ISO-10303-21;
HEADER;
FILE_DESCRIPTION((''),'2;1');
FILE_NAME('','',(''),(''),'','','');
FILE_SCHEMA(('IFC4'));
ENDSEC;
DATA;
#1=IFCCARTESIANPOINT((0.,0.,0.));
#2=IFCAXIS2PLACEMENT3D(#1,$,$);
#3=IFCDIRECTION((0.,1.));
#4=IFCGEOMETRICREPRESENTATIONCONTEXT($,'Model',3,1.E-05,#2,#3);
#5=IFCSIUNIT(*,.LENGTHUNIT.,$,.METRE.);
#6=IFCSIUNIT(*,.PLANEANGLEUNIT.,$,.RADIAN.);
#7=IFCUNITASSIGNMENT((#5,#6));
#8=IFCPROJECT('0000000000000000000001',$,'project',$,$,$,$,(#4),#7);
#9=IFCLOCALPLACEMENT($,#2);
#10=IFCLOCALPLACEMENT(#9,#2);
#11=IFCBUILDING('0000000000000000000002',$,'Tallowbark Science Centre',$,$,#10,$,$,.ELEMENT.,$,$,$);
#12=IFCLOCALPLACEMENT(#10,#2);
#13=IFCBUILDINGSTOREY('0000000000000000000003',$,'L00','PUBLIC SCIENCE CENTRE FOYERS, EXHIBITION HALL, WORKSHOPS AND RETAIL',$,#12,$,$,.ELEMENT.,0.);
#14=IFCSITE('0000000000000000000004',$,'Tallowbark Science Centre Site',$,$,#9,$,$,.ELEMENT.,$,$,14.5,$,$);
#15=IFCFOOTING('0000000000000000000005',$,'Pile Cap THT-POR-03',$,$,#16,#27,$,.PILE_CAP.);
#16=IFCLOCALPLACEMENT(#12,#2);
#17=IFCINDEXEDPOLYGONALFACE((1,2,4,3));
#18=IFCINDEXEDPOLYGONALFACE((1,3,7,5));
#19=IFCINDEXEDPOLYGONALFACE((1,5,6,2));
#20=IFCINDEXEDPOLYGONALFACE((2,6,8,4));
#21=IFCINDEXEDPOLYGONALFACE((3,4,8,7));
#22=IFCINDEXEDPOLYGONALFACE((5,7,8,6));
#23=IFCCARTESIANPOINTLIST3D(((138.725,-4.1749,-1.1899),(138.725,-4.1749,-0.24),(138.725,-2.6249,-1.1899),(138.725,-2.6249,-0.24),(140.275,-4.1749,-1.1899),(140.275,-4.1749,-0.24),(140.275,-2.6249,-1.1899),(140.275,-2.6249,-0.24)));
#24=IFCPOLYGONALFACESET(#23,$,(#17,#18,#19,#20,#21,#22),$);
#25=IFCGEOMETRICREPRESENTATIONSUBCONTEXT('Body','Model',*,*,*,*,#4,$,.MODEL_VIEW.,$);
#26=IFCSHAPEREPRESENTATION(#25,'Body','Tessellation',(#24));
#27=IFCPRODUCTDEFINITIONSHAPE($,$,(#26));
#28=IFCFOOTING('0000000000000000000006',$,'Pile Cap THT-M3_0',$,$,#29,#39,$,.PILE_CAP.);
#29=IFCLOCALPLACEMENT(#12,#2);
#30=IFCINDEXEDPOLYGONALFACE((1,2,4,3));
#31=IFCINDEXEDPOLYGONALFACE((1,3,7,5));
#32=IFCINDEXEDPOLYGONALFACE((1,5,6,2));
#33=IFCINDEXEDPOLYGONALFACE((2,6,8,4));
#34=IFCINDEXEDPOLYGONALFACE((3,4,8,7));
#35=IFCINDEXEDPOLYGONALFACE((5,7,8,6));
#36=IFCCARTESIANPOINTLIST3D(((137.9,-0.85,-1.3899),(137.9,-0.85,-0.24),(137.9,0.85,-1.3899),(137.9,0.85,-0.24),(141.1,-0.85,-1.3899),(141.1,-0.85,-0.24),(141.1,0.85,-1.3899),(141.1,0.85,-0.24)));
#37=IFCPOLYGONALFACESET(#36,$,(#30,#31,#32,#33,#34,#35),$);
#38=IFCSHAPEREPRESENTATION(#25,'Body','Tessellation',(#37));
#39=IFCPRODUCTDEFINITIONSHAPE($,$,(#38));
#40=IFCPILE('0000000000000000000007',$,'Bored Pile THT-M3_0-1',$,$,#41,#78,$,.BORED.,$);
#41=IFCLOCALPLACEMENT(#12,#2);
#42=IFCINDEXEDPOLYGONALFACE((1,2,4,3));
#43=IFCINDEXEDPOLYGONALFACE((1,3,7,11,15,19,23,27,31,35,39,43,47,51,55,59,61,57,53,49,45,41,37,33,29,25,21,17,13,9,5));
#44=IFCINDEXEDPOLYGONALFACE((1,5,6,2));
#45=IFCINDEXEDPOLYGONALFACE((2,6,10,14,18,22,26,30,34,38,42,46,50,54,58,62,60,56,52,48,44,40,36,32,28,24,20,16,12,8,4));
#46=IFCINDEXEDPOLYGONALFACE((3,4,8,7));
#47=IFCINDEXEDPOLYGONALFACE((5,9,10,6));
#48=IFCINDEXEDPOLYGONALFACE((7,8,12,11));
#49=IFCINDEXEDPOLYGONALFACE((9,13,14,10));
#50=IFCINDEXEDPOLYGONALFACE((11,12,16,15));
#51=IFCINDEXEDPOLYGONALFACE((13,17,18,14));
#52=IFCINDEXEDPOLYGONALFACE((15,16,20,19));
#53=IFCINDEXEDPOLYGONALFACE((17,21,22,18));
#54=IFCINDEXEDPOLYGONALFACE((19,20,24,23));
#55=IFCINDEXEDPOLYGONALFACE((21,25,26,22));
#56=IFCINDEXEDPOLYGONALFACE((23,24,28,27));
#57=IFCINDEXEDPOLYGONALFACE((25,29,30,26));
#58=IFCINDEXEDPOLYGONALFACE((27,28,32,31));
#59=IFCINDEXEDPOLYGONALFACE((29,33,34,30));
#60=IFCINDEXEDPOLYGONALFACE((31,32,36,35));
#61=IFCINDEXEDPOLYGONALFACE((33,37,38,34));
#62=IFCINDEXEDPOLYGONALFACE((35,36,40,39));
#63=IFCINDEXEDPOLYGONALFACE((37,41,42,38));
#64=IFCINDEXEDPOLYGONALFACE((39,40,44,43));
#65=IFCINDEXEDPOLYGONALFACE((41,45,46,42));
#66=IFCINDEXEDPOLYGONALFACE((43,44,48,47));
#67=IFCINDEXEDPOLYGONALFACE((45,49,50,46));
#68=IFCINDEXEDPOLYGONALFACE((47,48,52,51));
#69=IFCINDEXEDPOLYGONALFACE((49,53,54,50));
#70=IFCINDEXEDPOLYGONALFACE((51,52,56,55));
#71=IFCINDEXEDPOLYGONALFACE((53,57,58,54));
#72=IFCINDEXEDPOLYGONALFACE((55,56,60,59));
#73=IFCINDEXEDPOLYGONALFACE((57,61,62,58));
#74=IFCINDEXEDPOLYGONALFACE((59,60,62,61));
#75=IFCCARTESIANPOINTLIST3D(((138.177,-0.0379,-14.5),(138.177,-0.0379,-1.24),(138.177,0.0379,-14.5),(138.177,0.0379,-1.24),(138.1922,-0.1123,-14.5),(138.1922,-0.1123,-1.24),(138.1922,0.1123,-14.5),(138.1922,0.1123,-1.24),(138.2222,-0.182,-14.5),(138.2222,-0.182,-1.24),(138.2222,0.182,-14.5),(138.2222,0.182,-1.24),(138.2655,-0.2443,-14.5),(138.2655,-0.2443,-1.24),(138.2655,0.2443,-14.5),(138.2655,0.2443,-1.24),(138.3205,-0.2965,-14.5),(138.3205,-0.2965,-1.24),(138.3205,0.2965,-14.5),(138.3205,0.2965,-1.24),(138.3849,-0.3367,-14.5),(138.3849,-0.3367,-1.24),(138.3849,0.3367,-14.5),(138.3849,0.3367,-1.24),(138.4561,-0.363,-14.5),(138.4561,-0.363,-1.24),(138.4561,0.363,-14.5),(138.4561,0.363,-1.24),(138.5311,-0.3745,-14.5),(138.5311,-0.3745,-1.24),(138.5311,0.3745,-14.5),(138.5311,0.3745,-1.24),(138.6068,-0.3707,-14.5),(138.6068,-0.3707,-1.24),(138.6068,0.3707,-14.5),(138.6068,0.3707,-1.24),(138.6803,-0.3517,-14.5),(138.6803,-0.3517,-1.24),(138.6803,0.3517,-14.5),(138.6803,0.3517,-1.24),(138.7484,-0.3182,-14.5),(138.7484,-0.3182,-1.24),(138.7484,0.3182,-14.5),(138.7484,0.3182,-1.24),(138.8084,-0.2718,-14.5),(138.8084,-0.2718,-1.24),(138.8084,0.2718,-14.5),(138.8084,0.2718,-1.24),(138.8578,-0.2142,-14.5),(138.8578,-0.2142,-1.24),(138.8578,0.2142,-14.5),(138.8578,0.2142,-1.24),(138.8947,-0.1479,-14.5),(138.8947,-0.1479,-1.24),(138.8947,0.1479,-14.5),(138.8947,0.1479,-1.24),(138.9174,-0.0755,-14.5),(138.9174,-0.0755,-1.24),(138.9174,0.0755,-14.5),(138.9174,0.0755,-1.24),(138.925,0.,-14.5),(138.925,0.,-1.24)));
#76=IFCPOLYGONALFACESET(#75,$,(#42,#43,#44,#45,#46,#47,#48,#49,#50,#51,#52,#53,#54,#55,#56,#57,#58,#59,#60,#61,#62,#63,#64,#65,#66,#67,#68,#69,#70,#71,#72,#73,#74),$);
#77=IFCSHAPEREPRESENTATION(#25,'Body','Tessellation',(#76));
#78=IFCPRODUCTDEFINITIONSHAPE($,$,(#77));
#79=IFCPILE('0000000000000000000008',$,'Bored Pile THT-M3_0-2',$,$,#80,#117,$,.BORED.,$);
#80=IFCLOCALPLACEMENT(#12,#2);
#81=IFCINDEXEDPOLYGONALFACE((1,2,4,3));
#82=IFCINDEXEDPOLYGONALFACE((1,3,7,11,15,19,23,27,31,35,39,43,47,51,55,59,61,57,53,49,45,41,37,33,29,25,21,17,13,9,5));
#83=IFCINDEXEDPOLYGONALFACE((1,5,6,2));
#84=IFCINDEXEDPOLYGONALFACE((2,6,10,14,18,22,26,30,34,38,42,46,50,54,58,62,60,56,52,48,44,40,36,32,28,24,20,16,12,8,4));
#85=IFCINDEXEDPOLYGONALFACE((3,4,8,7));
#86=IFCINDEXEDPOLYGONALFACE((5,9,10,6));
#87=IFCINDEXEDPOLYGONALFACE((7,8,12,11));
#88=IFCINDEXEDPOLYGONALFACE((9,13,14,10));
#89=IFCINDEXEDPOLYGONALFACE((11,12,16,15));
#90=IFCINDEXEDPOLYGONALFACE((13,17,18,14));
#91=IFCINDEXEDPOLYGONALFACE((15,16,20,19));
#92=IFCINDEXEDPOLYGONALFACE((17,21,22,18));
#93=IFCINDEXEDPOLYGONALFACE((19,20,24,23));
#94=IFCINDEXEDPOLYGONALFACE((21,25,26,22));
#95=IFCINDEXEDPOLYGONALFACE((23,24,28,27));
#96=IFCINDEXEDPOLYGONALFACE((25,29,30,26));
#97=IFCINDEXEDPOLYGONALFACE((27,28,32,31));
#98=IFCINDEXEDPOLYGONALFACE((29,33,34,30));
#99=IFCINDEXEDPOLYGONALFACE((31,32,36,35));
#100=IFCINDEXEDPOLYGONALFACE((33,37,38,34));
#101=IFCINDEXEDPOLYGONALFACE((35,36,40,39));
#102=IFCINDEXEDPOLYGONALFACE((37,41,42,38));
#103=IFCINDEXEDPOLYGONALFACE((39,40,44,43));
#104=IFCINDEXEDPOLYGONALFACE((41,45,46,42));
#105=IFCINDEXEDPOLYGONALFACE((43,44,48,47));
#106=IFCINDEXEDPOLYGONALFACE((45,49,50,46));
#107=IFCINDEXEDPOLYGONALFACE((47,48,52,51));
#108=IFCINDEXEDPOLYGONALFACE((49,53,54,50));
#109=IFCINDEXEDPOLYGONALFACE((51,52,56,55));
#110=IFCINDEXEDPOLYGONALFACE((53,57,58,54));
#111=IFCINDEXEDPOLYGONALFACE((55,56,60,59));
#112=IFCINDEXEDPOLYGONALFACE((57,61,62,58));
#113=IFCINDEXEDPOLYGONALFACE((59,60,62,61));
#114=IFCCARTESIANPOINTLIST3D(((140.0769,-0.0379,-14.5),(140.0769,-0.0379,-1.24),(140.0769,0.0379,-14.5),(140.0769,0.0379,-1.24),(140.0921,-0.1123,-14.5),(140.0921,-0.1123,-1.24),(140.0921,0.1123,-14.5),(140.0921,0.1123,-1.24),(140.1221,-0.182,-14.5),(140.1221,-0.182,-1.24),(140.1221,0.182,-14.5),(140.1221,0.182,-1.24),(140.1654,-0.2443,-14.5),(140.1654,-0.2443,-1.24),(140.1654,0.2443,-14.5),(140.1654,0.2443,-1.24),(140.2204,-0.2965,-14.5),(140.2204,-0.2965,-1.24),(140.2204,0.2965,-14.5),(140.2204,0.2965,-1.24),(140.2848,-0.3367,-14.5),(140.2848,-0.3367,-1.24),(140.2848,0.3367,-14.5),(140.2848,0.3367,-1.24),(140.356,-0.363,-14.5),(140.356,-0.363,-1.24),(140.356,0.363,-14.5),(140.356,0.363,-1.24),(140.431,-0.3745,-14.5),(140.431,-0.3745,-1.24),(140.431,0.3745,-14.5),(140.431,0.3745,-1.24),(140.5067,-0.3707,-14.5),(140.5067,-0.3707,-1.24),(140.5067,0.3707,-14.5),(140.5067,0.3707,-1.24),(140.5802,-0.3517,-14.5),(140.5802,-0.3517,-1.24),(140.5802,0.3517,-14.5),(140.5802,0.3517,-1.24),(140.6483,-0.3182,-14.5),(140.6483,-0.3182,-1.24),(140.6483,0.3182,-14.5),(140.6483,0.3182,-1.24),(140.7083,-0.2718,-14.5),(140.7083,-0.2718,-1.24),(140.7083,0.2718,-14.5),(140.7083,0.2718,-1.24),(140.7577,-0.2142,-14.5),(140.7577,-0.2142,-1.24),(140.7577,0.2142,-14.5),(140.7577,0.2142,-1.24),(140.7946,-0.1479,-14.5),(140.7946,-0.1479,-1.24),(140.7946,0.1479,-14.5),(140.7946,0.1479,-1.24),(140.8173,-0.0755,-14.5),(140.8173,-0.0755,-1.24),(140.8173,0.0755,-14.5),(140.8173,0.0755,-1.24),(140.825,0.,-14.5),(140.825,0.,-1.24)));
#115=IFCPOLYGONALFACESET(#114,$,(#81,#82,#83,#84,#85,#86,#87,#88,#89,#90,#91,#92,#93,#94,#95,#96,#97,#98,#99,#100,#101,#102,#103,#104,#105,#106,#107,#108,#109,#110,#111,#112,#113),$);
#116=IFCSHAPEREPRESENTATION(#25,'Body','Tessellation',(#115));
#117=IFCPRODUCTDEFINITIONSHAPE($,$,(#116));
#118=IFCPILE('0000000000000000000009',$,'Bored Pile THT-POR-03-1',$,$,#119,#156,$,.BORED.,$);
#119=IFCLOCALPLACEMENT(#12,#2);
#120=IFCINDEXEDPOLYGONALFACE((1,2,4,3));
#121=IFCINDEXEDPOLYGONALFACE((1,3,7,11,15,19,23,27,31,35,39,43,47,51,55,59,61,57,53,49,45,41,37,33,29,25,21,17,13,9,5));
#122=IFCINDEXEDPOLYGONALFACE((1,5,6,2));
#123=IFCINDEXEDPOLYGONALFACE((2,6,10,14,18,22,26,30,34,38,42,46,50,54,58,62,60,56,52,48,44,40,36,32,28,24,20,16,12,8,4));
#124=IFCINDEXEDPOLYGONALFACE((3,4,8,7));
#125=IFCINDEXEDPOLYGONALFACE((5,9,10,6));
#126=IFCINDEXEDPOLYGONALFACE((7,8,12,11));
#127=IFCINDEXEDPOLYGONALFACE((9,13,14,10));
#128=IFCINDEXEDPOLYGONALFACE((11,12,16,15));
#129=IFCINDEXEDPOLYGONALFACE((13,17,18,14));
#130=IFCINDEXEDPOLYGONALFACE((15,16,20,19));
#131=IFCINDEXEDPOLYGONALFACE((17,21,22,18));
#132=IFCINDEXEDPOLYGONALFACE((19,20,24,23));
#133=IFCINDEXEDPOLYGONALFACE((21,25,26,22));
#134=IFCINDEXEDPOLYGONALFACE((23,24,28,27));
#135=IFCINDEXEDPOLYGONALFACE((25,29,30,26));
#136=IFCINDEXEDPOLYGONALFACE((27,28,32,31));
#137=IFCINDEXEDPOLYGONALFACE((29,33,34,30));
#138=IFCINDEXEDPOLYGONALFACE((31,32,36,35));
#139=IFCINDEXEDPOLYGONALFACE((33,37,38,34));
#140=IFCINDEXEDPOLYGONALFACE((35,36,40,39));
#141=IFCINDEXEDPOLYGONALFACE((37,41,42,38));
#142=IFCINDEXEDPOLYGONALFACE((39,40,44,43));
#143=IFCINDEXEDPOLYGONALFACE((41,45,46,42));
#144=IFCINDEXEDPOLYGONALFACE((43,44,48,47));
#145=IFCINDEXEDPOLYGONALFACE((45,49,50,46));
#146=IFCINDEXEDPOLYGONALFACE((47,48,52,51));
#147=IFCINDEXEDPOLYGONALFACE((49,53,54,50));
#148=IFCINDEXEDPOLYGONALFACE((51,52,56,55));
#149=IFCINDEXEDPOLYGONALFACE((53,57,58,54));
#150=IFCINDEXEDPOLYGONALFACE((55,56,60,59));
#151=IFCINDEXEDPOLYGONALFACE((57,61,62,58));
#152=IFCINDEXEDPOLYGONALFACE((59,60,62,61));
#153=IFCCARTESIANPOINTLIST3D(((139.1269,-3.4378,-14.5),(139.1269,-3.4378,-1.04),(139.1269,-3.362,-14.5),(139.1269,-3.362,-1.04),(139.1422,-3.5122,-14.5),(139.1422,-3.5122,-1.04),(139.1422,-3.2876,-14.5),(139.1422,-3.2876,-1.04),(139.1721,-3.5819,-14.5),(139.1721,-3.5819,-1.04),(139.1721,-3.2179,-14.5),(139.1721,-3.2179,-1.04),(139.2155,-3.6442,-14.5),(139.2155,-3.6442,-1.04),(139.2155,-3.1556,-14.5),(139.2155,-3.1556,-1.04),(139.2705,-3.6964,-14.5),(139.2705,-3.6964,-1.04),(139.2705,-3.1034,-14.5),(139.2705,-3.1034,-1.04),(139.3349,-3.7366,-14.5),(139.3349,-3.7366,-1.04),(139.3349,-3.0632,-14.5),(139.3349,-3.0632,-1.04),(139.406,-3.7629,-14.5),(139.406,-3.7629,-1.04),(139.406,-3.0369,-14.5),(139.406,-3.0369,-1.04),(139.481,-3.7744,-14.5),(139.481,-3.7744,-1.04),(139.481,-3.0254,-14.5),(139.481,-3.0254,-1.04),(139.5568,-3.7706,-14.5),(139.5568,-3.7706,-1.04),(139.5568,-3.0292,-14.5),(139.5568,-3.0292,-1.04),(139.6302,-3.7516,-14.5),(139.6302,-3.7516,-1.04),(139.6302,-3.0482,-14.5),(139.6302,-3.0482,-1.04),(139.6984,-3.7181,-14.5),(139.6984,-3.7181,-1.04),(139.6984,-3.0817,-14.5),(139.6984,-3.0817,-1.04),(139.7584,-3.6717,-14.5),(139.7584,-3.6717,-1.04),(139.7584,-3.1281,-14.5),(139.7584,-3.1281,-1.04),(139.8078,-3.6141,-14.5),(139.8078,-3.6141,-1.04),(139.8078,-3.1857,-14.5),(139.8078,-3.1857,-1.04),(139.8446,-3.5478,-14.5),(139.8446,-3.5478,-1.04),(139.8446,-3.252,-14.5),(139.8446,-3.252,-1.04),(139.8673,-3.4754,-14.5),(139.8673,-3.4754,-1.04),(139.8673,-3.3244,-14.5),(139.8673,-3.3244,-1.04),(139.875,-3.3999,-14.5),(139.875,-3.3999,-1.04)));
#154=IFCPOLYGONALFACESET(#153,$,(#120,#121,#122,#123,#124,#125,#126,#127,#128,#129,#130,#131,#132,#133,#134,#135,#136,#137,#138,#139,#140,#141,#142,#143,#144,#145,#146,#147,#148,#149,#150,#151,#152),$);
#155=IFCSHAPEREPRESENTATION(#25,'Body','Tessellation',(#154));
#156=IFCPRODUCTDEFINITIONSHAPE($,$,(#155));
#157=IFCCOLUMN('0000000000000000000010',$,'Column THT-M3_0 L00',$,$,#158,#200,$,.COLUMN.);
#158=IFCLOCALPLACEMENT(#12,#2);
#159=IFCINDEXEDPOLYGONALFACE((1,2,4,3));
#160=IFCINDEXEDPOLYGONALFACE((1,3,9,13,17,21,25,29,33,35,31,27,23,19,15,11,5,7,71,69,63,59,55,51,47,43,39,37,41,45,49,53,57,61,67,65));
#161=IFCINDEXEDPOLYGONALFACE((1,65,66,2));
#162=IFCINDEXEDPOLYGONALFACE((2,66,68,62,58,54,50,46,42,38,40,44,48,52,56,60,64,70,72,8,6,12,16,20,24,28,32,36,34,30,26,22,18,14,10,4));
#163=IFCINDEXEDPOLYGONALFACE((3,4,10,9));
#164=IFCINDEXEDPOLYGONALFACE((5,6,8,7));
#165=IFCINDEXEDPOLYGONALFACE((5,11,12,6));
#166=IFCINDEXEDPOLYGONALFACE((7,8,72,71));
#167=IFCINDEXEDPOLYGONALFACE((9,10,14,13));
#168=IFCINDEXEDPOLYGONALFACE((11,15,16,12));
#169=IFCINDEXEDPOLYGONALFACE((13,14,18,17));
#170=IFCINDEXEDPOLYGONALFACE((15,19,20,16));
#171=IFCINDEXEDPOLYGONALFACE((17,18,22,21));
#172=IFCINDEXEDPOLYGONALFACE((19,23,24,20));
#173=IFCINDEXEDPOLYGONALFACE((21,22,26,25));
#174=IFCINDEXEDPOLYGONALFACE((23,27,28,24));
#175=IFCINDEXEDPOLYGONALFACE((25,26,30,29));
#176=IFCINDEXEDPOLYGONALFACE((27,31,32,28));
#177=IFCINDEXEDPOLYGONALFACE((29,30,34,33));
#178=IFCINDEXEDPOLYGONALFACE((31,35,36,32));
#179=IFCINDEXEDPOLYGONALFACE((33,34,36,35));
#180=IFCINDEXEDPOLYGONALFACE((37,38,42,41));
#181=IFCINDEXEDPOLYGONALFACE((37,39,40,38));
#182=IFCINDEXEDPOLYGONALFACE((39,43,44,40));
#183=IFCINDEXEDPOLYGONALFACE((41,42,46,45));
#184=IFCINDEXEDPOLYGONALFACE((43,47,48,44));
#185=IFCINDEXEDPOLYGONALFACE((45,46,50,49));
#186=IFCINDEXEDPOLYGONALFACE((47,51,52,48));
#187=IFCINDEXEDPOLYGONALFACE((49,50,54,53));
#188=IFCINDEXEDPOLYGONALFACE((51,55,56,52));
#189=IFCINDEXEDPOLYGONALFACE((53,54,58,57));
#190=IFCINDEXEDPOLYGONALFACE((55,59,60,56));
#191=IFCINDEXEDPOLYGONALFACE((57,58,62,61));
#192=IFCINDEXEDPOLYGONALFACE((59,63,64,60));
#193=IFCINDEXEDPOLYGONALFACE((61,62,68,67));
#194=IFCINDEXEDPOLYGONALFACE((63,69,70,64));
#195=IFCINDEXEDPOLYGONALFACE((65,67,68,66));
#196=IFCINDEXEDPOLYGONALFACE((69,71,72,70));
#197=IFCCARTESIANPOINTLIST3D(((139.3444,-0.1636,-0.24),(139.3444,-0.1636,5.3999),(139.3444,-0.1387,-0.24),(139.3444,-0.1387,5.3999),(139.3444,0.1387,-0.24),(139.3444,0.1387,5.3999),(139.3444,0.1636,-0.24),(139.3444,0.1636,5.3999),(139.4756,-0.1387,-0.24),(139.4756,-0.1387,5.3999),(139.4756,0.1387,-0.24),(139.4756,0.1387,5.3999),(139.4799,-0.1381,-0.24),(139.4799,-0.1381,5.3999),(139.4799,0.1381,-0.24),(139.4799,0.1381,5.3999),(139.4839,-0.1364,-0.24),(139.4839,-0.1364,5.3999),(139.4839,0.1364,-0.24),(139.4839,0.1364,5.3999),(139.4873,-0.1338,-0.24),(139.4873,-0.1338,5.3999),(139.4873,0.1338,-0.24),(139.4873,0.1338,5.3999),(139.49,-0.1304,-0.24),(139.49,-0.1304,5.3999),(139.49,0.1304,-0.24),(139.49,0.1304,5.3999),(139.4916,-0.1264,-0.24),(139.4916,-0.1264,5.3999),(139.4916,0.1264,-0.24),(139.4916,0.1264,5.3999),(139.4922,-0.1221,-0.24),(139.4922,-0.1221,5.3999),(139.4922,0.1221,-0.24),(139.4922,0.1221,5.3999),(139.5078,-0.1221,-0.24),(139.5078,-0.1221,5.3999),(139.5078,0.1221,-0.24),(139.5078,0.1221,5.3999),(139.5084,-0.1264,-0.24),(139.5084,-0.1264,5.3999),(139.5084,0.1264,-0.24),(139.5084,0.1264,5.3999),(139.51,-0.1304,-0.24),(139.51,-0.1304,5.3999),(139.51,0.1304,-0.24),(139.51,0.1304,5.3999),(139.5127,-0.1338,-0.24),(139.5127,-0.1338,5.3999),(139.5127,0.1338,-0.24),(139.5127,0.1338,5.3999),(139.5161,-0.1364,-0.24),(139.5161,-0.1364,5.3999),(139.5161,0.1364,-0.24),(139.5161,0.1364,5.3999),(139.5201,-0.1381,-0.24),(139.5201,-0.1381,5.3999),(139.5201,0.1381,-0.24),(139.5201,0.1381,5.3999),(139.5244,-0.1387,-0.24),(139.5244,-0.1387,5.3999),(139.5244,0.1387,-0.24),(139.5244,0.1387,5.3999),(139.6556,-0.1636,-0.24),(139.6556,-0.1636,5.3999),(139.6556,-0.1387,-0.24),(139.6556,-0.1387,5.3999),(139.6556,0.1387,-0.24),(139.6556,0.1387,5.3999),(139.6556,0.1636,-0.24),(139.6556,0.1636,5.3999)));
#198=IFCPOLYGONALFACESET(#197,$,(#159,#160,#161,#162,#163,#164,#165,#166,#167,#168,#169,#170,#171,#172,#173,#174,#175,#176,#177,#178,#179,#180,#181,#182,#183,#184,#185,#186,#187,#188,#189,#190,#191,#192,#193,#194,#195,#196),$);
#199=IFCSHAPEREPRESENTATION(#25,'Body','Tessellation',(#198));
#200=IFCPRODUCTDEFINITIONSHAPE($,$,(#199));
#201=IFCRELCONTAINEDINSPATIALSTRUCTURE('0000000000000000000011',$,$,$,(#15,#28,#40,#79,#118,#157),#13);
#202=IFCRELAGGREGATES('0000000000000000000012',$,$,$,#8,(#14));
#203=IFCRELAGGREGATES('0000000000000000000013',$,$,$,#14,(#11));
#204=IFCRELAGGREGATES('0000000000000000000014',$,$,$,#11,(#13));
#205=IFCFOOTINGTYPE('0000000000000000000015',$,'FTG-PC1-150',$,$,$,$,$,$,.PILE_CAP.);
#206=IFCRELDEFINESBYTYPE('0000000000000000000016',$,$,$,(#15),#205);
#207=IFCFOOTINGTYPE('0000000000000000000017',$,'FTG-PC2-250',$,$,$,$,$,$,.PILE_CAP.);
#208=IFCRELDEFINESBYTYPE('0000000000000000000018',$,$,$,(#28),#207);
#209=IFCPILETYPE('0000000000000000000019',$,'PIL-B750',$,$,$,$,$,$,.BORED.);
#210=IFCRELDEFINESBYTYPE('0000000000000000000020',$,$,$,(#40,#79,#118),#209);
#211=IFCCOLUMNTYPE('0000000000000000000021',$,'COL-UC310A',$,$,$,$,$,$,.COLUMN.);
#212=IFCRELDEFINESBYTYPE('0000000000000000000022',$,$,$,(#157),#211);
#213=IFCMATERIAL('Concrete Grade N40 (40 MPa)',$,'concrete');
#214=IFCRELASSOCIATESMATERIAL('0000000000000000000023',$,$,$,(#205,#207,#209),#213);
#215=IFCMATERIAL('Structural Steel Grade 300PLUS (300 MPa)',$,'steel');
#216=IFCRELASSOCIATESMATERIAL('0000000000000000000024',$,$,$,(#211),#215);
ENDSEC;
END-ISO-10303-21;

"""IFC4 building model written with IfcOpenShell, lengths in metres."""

from ifc_helpers import new_model, si_unit, direction, frame, origin, origin_2d, place, context, subcontext, project, spatial, rectangle, circle, i_section, extrude, material, material_profile, profile_set, type_object, element, save


model = new_model("IFC4")

# Units and contexts
model_context = context("Model", 3, precision=1e-05, world=origin(), true_north=direction((0.0, 1.0)))
body_context = subcontext(model_context, "Body", "Model", "MODEL_VIEW")
ifc_project = project(units=[si_unit("LENGTHUNIT", "METRE"), si_unit("PLANEANGLEUNIT", "RADIAN")], contexts=[model_context])

# Site, building, storey
site_placement = place(None, origin())
site = spatial("IfcSite", under=ifc_project, at=site_placement, Name="Tallowbark Science Centre Site", CompositionType="ELEMENT", RefElevation=14.5)
building_placement = place(site_placement, origin())
building = spatial("IfcBuilding", under=site, at=building_placement, Name="Tallowbark Science Centre", CompositionType="ELEMENT")
storey_placement = place(building_placement, origin())
storey = spatial("IfcBuildingStorey", under=building, at=storey_placement, Name="L00", Description="PUBLIC SCIENCE CENTRE FOYERS, EXHIBITION HALL, WORKSHOPS AND RETAIL", CompositionType="ELEMENT", Elevation=0.0)

# Footings
ifc_material_1 = material(Name="Concrete Grade N40 (40 MPa)", Category="concrete")
footing_type_1 = type_object("IfcFootingType", Name="FTG-PC1-150", PredefinedType="PILE_CAP", material=ifc_material_1)
footing_1_placement = place(storey_placement, frame((139.5, -3.3999, -1.1899), z_axis=(0.0, 0.0, 1.0), x_axis=(1.0, 0.0, 0.0)))
element("IfcFooting", 1, at=footing_1_placement, inside=storey, type_object=footing_type_1, Name="Pile Cap THT-POR-03", PredefinedType="PILE_CAP", context=body_context, shape_type="SweptSolid", body=[
    extrude(rectangle(XDim=1.55, YDim=1.55, at=origin_2d()), origin(), (0.0, 0.0, 1.0), 0.95),
])
footing_type_2 = type_object("IfcFootingType", Name="FTG-PC2-250", PredefinedType="PILE_CAP", material=ifc_material_1)
footing_2_placement = place(storey_placement, frame((139.5, 0.0, -1.3899), z_axis=(0.0, 0.0, 1.0), x_axis=(1.0, 0.0, 0.0)))
element("IfcFooting", 2, at=footing_2_placement, inside=storey, type_object=footing_type_2, Name="Pile Cap THT-M3_0", PredefinedType="PILE_CAP", context=body_context, shape_type="SweptSolid", body=[
    extrude(rectangle(XDim=3.2, YDim=1.7, at=origin_2d()), origin(), (0.0, 0.0, 1.0), 1.1499),
])

# Piles
ifc_material_profile_1 = material_profile(ifc_material_1, circle(Radius=0.375, at=origin_2d()), Name="PILE750")
ifc_profile_set_1 = profile_set([ifc_material_profile_1], Name="Concrete Grade N40 (40 MPa)")
pile_type = type_object("IfcPileType", Name="PIL-B750", PredefinedType="BORED", material=ifc_profile_set_1)
for number, where, z_axis, x_axis, name in (
    (3, (138.55, 0.0, -1.24), (0.0, 0.0, -1.0), (1.0, 0.0, 0.0), "Bored Pile THT-M3_0-1"),
    (4, (140.45, 0.0, -1.24), (0.0, 0.0, -1.0), (1.0, 0.0, 0.0), "Bored Pile THT-M3_0-2"),
):
    element("IfcPile", number, at=place(storey_placement, frame(where, z_axis=z_axis, x_axis=x_axis)), inside=storey, type_object=pile_type, Name=name, PredefinedType="BORED", context=body_context, shape_type="SweptSolid", body=[
        extrude(circle(Radius=0.375, at=origin_2d()), origin(), (0.0, 0.0, 1.0), 13.26),
    ])
pile_placement = place(storey_placement, frame((139.5, -3.3999, -1.04), z_axis=(0.0, 0.0, -1.0), x_axis=(1.0, 0.0, 0.0)))
element("IfcPile", 5, at=pile_placement, inside=storey, type_object=pile_type, Name="Bored Pile THT-POR-03-1", PredefinedType="BORED", context=body_context, shape_type="SweptSolid", body=[
    extrude(circle(Radius=0.375, at=origin_2d()), origin(), (0.0, 0.0, 1.0), 13.46),
])

# Column
ifc_material_2 = material(Name="Structural Steel Grade 300PLUS (300 MPa)", Category="steel")
ifc_material_profile_2 = material_profile(ifc_material_2, i_section(OverallWidth=0.3113, OverallDepth=0.3271, WebThickness=0.0156, FlangeThickness=0.0249, FilletRadius=0.0166, at=origin_2d()), Name="310UC158")
ifc_profile_set_2 = profile_set([ifc_material_profile_2], Name="Structural Steel Grade 300PLUS (300 MPa)")
column_type_1 = type_object("IfcColumnType", Name="COL-UC310A", PredefinedType="COLUMN", material=ifc_profile_set_2)
column_1_placement = place(storey_placement, frame((139.5, 0.0, -0.24), z_axis=(0.0, 0.0, 1.0), x_axis=(1.0, 0.0, 0.0)))
element("IfcColumn", 6, at=column_1_placement, inside=storey, type_object=column_type_1, Name="Column THT-M3_0 L00", PredefinedType="COLUMN", context=body_context, shape_type="SweptSolid", body=[
    extrude(i_section(OverallWidth=0.3113, OverallDepth=0.3271, WebThickness=0.0156, FlangeThickness=0.0249, FilletRadius=0.0166, at=origin_2d()), origin(), (0.0, 0.0, 1.0), 5.6399),
])

save(model, "model.ifc")
